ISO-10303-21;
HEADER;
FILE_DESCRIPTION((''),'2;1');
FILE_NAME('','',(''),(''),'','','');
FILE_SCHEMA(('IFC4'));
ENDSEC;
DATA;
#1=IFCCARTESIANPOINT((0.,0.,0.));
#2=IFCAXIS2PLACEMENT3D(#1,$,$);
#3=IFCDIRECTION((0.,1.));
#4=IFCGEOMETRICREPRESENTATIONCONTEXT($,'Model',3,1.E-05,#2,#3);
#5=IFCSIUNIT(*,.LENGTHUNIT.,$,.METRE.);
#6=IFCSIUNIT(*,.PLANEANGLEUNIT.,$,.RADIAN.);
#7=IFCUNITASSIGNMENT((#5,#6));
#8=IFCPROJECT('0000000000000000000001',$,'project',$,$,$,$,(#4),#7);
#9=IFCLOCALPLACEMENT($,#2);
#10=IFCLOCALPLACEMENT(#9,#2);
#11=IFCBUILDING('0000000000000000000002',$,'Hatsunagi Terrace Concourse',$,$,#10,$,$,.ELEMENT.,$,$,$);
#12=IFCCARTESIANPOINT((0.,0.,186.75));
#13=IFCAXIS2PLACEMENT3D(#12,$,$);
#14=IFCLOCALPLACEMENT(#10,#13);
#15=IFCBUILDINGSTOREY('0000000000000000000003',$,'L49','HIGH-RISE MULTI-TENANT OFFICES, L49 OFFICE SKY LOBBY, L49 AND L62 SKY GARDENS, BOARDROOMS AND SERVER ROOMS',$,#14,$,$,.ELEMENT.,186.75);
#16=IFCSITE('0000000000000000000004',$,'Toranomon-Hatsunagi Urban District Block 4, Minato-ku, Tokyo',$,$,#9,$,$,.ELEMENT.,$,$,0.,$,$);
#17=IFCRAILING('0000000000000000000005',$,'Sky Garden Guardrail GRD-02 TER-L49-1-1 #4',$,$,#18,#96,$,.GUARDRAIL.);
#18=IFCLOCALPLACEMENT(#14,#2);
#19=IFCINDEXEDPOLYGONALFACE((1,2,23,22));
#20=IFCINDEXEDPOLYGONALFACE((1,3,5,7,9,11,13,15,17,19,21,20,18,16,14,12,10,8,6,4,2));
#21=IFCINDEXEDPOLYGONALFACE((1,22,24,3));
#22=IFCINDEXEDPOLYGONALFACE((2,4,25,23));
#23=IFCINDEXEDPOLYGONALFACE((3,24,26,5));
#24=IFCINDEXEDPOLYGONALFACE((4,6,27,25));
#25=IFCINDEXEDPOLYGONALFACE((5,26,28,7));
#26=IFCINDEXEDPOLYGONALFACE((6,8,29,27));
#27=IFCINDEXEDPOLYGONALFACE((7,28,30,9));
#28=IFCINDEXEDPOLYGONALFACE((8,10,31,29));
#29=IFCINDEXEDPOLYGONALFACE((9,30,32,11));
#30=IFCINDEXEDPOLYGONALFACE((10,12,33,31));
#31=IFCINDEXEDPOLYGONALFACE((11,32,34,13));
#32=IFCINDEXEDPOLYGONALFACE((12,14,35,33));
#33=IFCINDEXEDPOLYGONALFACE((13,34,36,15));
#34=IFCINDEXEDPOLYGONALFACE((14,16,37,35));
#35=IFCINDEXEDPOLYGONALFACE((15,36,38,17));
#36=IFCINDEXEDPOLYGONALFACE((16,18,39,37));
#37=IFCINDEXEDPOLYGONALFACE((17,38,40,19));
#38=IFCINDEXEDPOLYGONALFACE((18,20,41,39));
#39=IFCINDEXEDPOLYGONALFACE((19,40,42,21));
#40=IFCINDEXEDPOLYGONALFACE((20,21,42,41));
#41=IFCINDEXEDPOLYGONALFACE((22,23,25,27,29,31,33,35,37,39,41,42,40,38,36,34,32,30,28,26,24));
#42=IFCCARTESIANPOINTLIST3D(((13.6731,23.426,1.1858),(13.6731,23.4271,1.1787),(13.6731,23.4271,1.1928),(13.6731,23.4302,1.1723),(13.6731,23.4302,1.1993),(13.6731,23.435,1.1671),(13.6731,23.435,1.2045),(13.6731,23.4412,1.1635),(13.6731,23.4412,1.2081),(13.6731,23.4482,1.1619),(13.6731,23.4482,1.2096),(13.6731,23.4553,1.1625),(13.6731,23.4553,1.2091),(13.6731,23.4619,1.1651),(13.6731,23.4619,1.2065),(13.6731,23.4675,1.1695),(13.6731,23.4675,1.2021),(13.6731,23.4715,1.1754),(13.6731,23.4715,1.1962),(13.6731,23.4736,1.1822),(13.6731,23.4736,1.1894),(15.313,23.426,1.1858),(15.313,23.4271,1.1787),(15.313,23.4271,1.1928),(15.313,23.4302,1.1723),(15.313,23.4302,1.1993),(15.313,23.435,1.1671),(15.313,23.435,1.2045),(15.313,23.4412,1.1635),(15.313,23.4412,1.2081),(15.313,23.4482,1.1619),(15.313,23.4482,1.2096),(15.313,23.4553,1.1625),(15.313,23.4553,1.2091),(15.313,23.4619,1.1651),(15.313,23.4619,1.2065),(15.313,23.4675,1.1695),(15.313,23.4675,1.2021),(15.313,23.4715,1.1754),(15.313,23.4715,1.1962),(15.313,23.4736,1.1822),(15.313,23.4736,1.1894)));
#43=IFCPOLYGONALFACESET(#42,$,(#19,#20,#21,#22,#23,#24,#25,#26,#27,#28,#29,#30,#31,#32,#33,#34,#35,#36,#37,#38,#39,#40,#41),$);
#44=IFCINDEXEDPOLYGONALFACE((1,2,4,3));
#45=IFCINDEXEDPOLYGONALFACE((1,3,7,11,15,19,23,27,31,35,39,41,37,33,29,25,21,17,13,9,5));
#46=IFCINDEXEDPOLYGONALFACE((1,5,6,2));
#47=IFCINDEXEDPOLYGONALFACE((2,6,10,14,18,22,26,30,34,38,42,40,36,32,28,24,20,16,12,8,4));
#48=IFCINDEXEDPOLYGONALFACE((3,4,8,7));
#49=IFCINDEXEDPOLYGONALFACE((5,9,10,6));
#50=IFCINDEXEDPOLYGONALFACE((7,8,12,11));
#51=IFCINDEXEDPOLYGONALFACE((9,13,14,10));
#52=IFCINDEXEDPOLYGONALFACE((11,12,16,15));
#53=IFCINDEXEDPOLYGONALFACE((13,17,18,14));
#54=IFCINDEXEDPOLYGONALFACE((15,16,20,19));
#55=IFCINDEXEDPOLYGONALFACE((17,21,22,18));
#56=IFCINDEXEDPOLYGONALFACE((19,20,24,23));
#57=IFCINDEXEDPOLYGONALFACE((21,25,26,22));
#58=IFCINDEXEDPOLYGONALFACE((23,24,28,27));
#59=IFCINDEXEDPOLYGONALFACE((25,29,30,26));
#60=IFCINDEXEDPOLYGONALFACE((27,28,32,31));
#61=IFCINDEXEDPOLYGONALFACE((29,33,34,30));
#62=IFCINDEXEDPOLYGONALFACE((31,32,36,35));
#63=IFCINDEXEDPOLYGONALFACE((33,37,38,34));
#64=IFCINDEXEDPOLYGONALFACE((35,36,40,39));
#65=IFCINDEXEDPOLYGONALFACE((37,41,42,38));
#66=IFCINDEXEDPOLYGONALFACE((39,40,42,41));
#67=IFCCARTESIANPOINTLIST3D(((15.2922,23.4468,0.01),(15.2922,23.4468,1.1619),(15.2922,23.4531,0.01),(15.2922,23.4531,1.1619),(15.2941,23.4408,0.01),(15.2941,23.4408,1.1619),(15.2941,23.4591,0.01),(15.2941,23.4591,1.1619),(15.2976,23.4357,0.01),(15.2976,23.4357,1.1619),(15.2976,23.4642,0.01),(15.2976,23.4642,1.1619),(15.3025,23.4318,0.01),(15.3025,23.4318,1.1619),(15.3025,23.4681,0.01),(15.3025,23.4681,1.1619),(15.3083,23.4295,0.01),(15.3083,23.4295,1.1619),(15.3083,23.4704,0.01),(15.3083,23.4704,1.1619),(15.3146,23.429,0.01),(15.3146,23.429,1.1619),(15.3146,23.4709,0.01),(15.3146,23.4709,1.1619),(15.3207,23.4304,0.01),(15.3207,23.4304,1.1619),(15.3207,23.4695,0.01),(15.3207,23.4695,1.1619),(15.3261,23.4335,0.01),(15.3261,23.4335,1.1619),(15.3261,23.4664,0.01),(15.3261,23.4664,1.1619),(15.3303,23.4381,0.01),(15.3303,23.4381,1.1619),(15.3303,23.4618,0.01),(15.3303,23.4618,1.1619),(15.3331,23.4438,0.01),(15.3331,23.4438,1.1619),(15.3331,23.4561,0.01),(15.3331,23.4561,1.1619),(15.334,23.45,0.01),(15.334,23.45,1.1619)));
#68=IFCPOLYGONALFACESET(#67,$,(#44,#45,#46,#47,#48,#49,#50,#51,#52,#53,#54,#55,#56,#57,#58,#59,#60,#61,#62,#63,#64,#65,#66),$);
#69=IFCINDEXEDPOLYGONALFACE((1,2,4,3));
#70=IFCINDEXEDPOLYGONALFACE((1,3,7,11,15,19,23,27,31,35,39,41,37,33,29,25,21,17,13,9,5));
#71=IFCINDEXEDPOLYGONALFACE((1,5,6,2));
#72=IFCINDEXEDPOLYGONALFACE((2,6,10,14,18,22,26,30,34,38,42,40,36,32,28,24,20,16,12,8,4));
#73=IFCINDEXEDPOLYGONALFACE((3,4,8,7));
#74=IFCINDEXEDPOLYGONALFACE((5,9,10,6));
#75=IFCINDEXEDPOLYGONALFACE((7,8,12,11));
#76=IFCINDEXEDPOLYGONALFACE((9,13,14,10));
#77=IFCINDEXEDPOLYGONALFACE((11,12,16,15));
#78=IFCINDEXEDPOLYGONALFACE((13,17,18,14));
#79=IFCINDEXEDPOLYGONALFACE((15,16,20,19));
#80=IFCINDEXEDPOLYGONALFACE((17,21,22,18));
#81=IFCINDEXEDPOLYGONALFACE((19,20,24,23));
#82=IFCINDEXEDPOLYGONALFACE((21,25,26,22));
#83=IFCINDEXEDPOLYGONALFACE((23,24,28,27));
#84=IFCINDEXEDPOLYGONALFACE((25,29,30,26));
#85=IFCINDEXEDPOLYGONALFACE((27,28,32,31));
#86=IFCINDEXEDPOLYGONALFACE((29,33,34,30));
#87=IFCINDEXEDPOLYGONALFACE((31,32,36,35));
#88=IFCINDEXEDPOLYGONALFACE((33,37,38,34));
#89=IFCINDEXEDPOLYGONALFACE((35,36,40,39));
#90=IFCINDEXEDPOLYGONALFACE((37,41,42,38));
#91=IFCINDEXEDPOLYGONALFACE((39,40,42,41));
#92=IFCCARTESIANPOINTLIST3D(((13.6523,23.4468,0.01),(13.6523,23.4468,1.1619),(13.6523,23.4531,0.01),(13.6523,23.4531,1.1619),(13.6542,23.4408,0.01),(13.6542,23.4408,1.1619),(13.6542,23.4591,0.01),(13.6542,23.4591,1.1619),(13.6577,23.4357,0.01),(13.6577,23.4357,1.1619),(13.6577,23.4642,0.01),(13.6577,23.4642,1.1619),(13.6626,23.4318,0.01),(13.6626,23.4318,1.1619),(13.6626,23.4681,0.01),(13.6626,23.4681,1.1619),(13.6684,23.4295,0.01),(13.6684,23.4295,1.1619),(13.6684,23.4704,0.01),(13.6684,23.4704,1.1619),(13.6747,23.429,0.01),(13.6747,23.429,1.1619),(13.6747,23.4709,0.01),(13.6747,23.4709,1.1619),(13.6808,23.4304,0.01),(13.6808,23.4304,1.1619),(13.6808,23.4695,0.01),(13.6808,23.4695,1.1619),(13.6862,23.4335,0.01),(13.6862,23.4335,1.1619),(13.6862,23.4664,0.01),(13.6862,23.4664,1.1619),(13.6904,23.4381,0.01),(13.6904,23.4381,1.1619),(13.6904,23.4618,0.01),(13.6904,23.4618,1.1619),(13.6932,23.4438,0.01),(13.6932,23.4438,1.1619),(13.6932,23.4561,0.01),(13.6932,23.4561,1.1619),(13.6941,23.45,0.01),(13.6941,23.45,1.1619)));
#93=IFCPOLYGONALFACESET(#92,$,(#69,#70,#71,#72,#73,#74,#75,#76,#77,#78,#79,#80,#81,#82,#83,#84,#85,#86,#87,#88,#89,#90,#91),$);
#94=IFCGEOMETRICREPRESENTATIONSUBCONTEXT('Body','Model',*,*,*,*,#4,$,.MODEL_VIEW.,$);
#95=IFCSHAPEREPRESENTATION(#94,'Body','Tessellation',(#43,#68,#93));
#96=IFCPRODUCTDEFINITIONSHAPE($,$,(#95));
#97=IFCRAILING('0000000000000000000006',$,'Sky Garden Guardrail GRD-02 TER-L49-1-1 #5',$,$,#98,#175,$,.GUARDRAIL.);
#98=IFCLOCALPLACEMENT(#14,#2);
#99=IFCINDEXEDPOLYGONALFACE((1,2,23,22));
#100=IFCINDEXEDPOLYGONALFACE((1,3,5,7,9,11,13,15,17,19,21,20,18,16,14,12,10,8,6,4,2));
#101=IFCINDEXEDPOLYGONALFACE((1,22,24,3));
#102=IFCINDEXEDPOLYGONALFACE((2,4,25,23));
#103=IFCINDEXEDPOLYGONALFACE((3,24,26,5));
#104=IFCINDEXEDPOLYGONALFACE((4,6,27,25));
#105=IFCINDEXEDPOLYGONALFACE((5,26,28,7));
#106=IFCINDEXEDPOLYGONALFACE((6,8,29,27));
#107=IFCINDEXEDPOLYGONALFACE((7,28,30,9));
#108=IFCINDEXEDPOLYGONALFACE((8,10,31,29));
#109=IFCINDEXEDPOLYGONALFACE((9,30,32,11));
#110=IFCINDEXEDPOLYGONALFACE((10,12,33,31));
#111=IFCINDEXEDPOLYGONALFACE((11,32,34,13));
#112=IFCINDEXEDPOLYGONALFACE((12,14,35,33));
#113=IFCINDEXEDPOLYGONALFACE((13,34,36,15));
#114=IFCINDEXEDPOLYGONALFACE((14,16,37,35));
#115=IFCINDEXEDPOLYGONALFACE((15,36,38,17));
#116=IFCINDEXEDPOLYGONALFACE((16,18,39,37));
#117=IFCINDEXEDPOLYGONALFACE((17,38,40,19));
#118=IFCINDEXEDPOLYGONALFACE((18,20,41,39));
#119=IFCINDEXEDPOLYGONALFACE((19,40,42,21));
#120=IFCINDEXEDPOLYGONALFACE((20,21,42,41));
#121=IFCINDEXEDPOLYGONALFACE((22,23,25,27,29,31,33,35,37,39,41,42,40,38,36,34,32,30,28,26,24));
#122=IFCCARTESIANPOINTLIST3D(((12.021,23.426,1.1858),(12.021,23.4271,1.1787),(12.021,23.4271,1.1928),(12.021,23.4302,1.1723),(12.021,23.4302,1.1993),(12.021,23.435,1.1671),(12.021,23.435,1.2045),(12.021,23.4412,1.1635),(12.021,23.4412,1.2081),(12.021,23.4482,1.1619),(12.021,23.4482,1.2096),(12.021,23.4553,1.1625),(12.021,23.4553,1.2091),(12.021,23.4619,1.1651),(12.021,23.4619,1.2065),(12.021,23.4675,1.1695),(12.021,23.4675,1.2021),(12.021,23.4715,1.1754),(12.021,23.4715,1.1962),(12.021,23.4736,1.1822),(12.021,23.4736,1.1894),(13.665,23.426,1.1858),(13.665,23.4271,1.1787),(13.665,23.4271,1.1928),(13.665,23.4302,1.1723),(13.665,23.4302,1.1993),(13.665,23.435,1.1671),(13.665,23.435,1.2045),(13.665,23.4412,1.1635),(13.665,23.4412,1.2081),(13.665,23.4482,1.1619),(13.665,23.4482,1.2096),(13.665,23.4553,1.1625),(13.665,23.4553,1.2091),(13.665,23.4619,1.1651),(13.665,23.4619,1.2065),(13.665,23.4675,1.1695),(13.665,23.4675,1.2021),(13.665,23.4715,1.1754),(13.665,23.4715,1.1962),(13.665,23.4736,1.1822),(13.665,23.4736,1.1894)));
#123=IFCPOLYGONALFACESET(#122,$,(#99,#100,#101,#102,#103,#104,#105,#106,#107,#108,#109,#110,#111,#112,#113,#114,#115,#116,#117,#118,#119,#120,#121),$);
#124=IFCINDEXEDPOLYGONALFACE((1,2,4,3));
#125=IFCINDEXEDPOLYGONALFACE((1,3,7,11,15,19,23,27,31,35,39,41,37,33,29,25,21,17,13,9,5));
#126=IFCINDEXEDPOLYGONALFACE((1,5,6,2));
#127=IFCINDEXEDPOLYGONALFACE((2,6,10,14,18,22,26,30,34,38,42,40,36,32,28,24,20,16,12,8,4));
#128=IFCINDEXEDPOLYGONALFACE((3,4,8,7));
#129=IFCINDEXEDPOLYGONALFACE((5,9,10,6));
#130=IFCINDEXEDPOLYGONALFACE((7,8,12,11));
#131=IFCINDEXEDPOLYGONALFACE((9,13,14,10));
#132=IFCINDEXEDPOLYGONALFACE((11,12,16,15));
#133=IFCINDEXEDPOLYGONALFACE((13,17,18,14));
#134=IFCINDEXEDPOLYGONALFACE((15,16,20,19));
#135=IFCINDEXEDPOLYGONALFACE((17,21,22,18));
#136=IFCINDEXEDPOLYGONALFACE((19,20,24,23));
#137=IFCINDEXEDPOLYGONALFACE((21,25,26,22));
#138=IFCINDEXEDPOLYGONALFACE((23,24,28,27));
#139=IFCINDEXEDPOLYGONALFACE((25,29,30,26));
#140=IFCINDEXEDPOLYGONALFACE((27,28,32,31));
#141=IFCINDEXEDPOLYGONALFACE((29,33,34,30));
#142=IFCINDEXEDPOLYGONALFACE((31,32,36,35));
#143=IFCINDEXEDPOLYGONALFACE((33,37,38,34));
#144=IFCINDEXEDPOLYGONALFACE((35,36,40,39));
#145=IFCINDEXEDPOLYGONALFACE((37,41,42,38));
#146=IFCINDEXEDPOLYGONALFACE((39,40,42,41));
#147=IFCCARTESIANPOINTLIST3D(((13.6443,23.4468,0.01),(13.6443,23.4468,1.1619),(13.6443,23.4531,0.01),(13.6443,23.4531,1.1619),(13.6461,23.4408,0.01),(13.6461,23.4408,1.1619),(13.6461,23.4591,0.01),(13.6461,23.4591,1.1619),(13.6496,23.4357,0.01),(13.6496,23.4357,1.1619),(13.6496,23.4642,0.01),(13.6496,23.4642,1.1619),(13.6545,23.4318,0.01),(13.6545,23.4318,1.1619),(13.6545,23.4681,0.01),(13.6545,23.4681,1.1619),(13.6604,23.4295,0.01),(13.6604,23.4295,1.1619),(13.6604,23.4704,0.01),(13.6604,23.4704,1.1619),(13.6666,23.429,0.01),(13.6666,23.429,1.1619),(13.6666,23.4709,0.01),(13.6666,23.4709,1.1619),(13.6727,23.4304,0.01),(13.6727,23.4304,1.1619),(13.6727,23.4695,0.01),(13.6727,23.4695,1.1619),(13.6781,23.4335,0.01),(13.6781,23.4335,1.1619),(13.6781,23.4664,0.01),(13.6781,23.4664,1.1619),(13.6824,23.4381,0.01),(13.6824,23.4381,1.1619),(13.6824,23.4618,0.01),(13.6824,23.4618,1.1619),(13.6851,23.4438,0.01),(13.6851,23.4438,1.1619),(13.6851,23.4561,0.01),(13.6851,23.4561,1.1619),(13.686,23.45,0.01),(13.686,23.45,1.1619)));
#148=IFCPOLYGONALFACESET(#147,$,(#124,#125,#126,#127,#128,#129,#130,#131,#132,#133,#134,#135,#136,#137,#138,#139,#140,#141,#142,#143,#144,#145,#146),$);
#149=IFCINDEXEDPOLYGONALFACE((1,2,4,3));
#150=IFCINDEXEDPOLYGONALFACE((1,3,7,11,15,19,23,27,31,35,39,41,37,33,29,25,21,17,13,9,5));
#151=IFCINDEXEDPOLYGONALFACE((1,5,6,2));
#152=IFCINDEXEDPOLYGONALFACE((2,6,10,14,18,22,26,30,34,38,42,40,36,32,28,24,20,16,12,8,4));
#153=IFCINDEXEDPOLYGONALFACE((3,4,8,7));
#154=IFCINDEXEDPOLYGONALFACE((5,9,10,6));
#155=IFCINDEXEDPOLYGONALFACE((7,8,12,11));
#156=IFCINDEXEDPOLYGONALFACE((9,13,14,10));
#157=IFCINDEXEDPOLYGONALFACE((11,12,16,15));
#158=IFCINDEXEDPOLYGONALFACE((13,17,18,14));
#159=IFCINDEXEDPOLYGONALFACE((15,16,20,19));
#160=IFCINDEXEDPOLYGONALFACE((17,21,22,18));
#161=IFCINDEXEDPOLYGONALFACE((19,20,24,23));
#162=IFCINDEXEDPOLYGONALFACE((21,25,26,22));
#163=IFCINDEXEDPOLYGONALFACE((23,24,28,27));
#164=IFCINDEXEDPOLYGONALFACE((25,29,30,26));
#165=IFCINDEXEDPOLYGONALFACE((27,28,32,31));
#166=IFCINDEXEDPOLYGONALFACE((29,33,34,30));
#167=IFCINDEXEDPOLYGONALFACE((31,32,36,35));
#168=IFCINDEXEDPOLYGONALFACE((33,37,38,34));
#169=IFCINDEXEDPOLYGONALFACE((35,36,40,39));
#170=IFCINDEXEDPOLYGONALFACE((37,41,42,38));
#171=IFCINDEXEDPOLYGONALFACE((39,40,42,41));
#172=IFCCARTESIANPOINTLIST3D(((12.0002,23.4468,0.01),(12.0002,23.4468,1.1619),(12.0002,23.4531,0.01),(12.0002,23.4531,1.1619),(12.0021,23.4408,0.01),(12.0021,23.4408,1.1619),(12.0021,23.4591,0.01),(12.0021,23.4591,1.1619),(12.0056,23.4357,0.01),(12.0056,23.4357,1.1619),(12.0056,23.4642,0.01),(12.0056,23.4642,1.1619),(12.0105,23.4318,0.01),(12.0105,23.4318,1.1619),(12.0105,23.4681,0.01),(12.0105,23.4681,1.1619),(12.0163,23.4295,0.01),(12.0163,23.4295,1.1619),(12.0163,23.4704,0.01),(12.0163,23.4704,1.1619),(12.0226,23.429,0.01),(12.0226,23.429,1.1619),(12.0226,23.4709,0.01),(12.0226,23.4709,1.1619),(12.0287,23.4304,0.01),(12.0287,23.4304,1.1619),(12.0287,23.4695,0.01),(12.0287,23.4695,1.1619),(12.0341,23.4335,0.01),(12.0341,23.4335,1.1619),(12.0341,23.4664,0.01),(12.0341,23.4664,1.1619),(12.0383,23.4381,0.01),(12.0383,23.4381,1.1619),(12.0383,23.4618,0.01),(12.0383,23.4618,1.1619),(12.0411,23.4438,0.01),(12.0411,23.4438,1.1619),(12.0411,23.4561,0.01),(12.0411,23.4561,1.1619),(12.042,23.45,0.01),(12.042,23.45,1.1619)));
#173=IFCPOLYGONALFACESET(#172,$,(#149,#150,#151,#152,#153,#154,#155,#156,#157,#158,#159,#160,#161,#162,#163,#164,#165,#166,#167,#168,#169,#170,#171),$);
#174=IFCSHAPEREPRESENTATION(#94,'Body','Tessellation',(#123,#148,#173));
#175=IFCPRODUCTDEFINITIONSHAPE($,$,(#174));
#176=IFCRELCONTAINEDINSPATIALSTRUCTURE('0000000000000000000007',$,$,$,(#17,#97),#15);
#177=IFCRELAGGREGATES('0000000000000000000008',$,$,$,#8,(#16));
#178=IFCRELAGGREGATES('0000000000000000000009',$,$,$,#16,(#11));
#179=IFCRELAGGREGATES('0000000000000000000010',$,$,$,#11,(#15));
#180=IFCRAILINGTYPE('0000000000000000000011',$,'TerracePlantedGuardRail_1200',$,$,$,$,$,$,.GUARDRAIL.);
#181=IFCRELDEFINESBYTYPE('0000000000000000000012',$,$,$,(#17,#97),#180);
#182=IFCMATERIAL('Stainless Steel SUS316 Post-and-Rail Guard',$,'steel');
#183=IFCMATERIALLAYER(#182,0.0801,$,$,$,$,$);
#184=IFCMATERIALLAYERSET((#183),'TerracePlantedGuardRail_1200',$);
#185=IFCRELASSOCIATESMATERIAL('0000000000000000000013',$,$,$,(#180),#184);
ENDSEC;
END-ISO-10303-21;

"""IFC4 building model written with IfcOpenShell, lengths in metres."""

from ifc_helpers import new_model, si_unit, direction, frame, origin, origin_2d, place, context, subcontext, project, spatial, circle, extrude, material, layer, layer_set, type_object, element, save


model = new_model("IFC4")

# Units and contexts
model_context = context("Model", 3, precision=1e-05, world=origin(), true_north=direction((0.0, 1.0)))
body_context = subcontext(model_context, "Body", "Model", "MODEL_VIEW")
ifc_project = project(units=[si_unit("LENGTHUNIT", "METRE"), si_unit("PLANEANGLEUNIT", "RADIAN")], contexts=[model_context])

# Site, building, storey
site_placement = place(None, origin())
site = spatial("IfcSite", under=ifc_project, at=site_placement, Name="Toranomon-Hatsunagi Urban District Block 4, Minato-ku, Tokyo", CompositionType="ELEMENT", RefElevation=0.0)
building_placement = place(site_placement, origin())
building = spatial("IfcBuilding", under=site, at=building_placement, Name="Hatsunagi Terrace Concourse", CompositionType="ELEMENT")
storey_placement = place(building_placement, frame((0.0, 0.0, 186.75)))
storey = spatial("IfcBuildingStorey", under=building, at=storey_placement, Name="L49", Description="HIGH-RISE MULTI-TENANT OFFICES, L49 OFFICE SKY LOBBY, L49 AND L62 SKY GARDENS, BOARDROOMS AND SERVER ROOMS", CompositionType="ELEMENT", Elevation=186.75)

# Railings
ifc_material_1 = material(Name="Stainless Steel SUS316 Post-and-Rail Guard", Category="steel")
ifc_layer_1 = layer(ifc_material_1, 0.0801)
ifc_layer_set_1 = layer_set([ifc_layer_1], Name="TerracePlantedGuardRail_1200")
railing_type_1 = type_object("IfcRailingType", Name="TerracePlantedGuardRail_1200", PredefinedType="GUARDRAIL", material=ifc_layer_set_1)
railing_1_placement = place(storey_placement, frame((15.313, 23.45, 0.01)))
element("IfcRailing", 1, at=railing_1_placement, inside=storey, type_object=railing_type_1, Name="Sky Garden Guardrail GRD-02 TER-L49-1-1 #4", PredefinedType="GUARDRAIL", context=body_context, shape_type="SweptSolid", body=[
    extrude(circle(Radius=0.0239, at=origin_2d()), frame((0.0, 0.0, 1.1758), z_axis=(-1.0, 0.0, 0.0), x_axis=(0.0, -1.0, 0.0)), (0.0, 0.0, 1.0), 1.6399),
    extrude(circle(Radius=0.021, at=origin_2d()), origin(), (0.0, 0.0, 1.0), 1.1519),
    extrude(circle(Radius=0.021, at=origin_2d()), frame((-1.6399, 0.0, 0.0)), (0.0, 0.0, 1.0), 1.1519),
])
railing_2_placement = place(storey_placement, frame((13.665, 23.45, 0.01)))
element("IfcRailing", 2, at=railing_2_placement, inside=storey, type_object=railing_type_1, Name="Sky Garden Guardrail GRD-02 TER-L49-1-1 #5", PredefinedType="GUARDRAIL", context=body_context, shape_type="SweptSolid", body=[
    extrude(circle(Radius=0.0239, at=origin_2d()), frame((0.0, 0.0, 1.1758), z_axis=(-1.0, 0.0, 0.0), x_axis=(0.0, -1.0, 0.0)), (0.0, 0.0, 1.0), 1.644),
    extrude(circle(Radius=0.021, at=origin_2d()), origin(), (0.0, 0.0, 1.0), 1.1519),
    extrude(circle(Radius=0.021, at=origin_2d()), frame((-1.644, 0.0, 0.0)), (0.0, 0.0, 1.0), 1.1519),
])

save(model, "model.ifc")
